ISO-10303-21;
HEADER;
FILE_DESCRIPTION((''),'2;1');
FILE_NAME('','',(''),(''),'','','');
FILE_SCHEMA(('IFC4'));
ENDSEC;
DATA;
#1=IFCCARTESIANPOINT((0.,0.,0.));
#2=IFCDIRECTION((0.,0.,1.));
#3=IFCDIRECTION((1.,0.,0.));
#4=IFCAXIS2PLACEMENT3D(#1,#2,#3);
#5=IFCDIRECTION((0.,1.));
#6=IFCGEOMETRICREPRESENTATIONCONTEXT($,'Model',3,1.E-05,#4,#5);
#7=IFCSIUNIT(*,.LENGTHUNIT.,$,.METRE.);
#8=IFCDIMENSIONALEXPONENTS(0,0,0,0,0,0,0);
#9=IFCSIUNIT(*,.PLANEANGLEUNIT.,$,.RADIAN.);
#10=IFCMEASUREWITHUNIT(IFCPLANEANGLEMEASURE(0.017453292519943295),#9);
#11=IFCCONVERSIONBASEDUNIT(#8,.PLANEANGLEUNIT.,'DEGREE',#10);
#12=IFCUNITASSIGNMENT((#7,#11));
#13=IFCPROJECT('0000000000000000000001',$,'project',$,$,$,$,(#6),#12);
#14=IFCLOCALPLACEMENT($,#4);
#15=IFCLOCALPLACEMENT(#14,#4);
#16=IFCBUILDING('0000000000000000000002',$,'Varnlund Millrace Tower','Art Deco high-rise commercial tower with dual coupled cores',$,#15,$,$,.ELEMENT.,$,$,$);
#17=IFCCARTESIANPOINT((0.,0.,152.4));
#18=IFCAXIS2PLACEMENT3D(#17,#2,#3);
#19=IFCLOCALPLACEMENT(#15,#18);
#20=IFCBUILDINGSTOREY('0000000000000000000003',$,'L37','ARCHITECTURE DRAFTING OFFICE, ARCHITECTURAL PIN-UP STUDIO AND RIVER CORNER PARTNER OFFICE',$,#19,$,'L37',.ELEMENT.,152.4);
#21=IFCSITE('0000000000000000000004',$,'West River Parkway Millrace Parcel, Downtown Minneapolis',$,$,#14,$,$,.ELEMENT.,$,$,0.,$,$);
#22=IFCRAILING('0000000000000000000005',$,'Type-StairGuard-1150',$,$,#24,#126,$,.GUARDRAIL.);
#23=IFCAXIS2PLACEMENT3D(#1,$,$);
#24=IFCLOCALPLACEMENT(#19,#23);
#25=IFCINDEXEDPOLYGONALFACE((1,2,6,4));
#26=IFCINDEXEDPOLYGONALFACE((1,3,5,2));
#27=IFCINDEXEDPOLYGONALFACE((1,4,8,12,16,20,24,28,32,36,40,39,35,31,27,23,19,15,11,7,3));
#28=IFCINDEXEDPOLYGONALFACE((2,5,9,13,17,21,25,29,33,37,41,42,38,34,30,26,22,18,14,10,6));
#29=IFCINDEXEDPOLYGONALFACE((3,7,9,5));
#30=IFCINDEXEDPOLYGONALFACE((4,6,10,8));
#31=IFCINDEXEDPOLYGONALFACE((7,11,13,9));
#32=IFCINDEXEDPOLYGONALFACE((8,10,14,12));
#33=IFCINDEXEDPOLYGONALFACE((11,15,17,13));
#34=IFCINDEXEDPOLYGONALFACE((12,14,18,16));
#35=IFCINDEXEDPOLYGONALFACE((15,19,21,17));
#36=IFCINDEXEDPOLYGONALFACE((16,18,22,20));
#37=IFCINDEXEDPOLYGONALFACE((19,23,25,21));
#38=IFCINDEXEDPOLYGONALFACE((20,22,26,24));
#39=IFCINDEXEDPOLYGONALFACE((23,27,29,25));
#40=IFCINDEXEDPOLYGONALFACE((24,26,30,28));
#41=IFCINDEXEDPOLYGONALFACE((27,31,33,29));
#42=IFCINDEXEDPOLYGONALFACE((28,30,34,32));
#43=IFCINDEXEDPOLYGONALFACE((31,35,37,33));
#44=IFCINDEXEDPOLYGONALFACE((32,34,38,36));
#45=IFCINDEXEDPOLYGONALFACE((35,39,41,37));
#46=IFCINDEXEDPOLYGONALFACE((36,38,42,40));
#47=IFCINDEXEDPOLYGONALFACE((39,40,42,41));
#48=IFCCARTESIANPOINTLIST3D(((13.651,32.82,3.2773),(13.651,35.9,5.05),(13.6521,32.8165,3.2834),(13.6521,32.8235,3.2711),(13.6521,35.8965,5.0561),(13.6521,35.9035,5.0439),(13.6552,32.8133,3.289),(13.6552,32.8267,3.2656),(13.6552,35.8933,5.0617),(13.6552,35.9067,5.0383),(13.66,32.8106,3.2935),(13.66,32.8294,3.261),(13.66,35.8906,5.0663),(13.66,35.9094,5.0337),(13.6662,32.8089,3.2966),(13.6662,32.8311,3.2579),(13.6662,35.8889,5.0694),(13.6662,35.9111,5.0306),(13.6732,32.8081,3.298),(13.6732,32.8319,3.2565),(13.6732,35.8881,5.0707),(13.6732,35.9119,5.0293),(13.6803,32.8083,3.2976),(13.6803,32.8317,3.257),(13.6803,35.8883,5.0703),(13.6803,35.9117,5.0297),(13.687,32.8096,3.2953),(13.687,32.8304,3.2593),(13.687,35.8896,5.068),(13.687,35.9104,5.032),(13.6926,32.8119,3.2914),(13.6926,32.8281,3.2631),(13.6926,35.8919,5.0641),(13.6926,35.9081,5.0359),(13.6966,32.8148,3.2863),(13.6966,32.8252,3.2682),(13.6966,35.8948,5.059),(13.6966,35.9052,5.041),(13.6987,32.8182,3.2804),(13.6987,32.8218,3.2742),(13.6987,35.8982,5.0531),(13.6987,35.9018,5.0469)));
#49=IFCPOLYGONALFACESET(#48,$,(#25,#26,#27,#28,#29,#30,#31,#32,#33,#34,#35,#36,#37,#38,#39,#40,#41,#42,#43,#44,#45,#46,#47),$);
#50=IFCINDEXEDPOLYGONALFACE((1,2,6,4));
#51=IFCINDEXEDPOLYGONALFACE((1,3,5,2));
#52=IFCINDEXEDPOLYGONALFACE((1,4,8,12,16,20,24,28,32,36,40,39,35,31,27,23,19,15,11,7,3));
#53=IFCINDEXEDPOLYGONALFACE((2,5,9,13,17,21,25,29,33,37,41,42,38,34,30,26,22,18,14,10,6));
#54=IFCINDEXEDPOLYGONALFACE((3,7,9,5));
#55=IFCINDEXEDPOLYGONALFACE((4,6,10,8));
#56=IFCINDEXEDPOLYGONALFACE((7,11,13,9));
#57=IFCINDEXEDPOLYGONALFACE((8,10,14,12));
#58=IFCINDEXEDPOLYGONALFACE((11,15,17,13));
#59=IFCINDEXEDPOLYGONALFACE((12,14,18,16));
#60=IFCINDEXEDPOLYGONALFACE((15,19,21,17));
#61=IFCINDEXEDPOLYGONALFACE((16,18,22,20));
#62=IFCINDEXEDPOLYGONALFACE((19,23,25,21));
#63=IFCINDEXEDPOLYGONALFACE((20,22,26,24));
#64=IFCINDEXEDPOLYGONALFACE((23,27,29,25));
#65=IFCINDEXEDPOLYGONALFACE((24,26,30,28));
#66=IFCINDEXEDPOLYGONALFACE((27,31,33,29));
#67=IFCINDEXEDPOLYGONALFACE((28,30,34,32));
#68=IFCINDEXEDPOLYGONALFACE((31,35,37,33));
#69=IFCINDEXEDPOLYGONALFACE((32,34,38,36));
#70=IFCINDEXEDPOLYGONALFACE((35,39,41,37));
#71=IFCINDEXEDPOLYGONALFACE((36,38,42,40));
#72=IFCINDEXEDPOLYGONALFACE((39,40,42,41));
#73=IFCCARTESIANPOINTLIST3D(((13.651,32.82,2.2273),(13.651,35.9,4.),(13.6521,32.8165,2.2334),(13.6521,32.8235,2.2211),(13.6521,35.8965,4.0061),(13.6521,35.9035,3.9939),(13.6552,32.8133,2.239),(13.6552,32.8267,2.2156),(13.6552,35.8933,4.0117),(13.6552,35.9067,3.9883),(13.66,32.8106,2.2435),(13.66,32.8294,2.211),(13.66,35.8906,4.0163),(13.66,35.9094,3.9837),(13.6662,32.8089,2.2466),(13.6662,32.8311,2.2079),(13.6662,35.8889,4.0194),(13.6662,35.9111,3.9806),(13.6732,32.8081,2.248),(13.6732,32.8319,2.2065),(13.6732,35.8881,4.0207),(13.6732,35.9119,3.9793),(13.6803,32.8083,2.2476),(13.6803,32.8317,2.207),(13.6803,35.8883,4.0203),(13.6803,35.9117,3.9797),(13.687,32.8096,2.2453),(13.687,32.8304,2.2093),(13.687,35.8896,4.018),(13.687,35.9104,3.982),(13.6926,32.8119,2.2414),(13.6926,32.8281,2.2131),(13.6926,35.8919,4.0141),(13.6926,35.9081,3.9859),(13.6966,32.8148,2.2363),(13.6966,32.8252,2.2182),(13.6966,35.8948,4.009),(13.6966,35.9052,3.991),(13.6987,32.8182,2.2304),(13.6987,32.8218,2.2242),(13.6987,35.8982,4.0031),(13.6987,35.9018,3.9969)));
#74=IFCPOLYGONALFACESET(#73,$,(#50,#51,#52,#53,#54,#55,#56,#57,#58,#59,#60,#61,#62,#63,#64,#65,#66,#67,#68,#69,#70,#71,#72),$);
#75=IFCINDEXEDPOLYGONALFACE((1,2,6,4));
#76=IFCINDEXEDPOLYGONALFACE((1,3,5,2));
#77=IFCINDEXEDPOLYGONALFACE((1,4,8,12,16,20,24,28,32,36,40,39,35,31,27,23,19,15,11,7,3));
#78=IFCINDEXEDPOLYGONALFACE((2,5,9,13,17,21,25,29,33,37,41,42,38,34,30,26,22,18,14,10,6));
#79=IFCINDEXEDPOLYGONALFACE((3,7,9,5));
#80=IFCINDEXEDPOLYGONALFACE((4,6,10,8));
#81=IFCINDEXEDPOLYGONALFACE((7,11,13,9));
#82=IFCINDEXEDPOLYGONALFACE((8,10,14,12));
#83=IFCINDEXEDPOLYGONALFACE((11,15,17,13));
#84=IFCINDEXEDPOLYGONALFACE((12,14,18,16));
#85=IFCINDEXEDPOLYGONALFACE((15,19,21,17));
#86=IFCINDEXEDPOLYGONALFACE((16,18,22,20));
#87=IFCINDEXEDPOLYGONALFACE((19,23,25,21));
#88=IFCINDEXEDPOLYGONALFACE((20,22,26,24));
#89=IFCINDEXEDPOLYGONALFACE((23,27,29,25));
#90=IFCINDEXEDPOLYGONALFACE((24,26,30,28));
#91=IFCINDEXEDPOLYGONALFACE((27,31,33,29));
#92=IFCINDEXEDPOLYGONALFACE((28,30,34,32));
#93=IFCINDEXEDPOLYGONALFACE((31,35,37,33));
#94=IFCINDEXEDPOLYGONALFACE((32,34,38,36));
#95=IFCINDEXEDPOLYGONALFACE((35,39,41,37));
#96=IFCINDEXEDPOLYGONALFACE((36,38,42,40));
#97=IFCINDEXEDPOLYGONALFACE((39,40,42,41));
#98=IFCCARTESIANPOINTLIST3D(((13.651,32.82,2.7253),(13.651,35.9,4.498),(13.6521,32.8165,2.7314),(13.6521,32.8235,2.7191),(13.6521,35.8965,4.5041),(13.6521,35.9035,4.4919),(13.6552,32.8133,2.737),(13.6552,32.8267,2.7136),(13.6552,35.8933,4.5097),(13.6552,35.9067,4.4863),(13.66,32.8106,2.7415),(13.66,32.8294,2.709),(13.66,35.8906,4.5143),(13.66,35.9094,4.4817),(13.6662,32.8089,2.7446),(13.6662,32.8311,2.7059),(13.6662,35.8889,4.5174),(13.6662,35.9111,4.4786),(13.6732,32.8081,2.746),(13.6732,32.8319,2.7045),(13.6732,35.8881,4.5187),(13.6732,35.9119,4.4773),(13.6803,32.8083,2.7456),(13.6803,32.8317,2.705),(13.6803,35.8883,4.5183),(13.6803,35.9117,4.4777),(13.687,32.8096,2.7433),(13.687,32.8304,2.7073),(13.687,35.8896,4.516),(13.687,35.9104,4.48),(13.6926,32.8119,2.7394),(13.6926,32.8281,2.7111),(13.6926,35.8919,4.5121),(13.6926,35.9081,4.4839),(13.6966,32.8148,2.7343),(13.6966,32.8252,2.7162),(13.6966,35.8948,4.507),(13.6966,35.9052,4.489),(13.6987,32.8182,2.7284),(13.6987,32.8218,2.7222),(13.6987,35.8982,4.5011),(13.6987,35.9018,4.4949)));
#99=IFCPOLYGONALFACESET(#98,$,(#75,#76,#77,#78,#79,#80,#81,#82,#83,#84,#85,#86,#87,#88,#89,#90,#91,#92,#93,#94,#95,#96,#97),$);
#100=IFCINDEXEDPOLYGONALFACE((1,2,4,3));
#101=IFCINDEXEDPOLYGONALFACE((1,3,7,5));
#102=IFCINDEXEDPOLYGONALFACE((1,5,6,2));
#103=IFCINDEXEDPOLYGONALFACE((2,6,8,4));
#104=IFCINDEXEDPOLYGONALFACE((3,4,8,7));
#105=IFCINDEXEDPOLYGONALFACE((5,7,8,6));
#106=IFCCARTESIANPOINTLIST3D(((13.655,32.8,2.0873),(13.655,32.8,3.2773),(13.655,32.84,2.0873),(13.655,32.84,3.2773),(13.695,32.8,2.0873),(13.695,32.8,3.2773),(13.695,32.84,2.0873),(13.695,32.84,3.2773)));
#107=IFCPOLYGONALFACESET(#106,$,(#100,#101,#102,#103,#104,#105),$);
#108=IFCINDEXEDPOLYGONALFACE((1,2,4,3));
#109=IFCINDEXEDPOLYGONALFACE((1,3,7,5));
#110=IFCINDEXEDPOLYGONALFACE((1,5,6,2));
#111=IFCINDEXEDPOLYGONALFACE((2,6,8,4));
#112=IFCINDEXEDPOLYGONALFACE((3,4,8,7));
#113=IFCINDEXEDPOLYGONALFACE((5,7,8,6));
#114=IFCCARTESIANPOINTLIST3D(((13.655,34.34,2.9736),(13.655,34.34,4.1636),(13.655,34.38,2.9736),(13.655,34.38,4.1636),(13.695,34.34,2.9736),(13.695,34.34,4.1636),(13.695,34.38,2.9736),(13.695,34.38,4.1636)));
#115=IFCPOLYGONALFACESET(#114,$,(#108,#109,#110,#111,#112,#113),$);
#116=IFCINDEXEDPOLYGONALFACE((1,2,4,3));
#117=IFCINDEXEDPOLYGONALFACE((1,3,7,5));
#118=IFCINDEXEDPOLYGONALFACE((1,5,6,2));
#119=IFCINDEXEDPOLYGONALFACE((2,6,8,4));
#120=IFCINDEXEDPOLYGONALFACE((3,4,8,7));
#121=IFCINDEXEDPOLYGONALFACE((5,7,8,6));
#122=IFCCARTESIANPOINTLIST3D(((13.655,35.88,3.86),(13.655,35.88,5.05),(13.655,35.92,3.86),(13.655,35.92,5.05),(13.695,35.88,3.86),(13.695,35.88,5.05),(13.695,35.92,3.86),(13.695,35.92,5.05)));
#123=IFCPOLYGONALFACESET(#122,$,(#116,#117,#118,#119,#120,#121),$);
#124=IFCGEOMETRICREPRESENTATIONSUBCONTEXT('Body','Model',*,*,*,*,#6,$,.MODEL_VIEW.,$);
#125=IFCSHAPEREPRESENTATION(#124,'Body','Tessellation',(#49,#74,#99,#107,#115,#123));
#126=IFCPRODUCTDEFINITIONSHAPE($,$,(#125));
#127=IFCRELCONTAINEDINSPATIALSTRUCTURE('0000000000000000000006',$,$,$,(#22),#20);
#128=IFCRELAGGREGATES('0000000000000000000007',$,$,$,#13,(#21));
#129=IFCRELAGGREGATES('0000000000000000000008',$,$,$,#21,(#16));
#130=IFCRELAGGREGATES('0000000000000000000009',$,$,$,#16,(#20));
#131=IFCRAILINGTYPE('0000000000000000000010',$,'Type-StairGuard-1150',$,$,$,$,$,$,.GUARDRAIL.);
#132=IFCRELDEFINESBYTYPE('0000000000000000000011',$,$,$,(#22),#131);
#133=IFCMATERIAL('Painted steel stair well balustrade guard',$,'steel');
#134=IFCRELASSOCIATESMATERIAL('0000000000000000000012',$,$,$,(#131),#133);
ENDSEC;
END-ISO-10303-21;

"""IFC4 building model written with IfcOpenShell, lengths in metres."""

from ifc_helpers import new_model, entity, si_unit, converted_unit, direction, frame, origin_with_axes, origin_2d_with_axis, place, context, subcontext, project, spatial, rectangle, circle, extrude, material, type_object, element, save


model = new_model("IFC4")

# Units and contexts
model_context = context("Model", 3, precision=1e-05, world=origin_with_axes(), true_north=direction((0.0, 1.0)))
body_context = subcontext(model_context, "Body", "Model", "MODEL_VIEW")
ifc_project = project(units=[si_unit("LENGTHUNIT", "METRE"), converted_unit("PLANEANGLEUNIT", "DEGREE", entity("IfcPlaneAngleMeasure", 0.017453292519943295), si_unit("PLANEANGLEUNIT", "RADIAN"), dimensions=[0, 0, 0, 0, 0, 0, 0])], contexts=[model_context])

# Site, building, storey
site_placement = place(None, origin_with_axes())
site = spatial("IfcSite", under=ifc_project, at=site_placement, Name="West River Parkway Millrace Parcel, Downtown Minneapolis", CompositionType="ELEMENT", RefElevation=0.0)
building_placement = place(site_placement, origin_with_axes())
building = spatial("IfcBuilding", under=site, at=building_placement, Name="Varnlund Millrace Tower", Description="Art Deco high-rise commercial tower with dual coupled cores", CompositionType="ELEMENT")
storey_placement = place(building_placement, frame((0.0, 0.0, 152.4), z_axis=(0.0, 0.0, 1.0), x_axis=(1.0, 0.0, 0.0)))
storey = spatial("IfcBuildingStorey", under=building, at=storey_placement, Name="L37", Description="ARCHITECTURE DRAFTING OFFICE, ARCHITECTURAL PIN-UP STUDIO AND RIVER CORNER PARTNER OFFICE", LongName="L37", CompositionType="ELEMENT", Elevation=152.4)

# Railing
ifc_material_1 = material(Name="Painted steel stair well balustrade guard", Category="steel")
railing_type_1 = type_object("IfcRailingType", Name="Type-StairGuard-1150", PredefinedType="GUARDRAIL", material=ifc_material_1)
railing_1_placement = place(storey_placement, frame((0.0, 0.0, -152.4), z_axis=(0.0, 0.0, 1.0), x_axis=(1.0, 0.0, 0.0)))
element("IfcRailing", 1, at=railing_1_placement, inside=storey, type_object=railing_type_1, Name="Type-StairGuard-1150", PredefinedType="GUARDRAIL", context=body_context, shape_type="SweptSolid", body=[
    extrude(circle(Radius=0.024, at=origin_2d_with_axis()), frame((13.675, 32.82, 155.6773), z_axis=(0.0, 0.866696, 0.498836), x_axis=(-1.0, 0.0, 0.0)), (0.0, 0.0, 1.0), 3.5537),
    extrude(circle(Radius=0.024, at=origin_2d_with_axis()), frame((13.675, 32.82, 154.6273), z_axis=(0.0, 0.866696, 0.498836), x_axis=(-1.0, 0.0, 0.0)), (0.0, 0.0, 1.0), 3.5537),
    extrude(circle(Radius=0.024, at=origin_2d_with_axis()), frame((13.675, 32.82, 155.1253), z_axis=(0.0, 0.866696, 0.498836), x_axis=(-1.0, 0.0, 0.0)), (0.0, 0.0, 1.0), 3.5537),
    extrude(rectangle(XDim=0.04, YDim=0.04, at=origin_2d_with_axis()), frame((13.675, 32.82, 154.4873), z_axis=(0.0, 0.0, 1.0), x_axis=(1.0, 0.0, 0.0)), (0.0, 0.0, 1.0), 1.19),
    extrude(rectangle(XDim=0.04, YDim=0.04, at=origin_2d_with_axis()), frame((13.675, 34.36, 155.3736), z_axis=(0.0, 0.0, 1.0), x_axis=(1.0, 0.0, 0.0)), (0.0, 0.0, 1.0), 1.19),
    extrude(rectangle(XDim=0.04, YDim=0.04, at=origin_2d_with_axis()), frame((13.675, 35.9, 156.26), z_axis=(0.0, 0.0, 1.0), x_axis=(1.0, 0.0, 0.0)), (0.0, 0.0, 1.0), 1.19),
])

save(model, "model.ifc")
